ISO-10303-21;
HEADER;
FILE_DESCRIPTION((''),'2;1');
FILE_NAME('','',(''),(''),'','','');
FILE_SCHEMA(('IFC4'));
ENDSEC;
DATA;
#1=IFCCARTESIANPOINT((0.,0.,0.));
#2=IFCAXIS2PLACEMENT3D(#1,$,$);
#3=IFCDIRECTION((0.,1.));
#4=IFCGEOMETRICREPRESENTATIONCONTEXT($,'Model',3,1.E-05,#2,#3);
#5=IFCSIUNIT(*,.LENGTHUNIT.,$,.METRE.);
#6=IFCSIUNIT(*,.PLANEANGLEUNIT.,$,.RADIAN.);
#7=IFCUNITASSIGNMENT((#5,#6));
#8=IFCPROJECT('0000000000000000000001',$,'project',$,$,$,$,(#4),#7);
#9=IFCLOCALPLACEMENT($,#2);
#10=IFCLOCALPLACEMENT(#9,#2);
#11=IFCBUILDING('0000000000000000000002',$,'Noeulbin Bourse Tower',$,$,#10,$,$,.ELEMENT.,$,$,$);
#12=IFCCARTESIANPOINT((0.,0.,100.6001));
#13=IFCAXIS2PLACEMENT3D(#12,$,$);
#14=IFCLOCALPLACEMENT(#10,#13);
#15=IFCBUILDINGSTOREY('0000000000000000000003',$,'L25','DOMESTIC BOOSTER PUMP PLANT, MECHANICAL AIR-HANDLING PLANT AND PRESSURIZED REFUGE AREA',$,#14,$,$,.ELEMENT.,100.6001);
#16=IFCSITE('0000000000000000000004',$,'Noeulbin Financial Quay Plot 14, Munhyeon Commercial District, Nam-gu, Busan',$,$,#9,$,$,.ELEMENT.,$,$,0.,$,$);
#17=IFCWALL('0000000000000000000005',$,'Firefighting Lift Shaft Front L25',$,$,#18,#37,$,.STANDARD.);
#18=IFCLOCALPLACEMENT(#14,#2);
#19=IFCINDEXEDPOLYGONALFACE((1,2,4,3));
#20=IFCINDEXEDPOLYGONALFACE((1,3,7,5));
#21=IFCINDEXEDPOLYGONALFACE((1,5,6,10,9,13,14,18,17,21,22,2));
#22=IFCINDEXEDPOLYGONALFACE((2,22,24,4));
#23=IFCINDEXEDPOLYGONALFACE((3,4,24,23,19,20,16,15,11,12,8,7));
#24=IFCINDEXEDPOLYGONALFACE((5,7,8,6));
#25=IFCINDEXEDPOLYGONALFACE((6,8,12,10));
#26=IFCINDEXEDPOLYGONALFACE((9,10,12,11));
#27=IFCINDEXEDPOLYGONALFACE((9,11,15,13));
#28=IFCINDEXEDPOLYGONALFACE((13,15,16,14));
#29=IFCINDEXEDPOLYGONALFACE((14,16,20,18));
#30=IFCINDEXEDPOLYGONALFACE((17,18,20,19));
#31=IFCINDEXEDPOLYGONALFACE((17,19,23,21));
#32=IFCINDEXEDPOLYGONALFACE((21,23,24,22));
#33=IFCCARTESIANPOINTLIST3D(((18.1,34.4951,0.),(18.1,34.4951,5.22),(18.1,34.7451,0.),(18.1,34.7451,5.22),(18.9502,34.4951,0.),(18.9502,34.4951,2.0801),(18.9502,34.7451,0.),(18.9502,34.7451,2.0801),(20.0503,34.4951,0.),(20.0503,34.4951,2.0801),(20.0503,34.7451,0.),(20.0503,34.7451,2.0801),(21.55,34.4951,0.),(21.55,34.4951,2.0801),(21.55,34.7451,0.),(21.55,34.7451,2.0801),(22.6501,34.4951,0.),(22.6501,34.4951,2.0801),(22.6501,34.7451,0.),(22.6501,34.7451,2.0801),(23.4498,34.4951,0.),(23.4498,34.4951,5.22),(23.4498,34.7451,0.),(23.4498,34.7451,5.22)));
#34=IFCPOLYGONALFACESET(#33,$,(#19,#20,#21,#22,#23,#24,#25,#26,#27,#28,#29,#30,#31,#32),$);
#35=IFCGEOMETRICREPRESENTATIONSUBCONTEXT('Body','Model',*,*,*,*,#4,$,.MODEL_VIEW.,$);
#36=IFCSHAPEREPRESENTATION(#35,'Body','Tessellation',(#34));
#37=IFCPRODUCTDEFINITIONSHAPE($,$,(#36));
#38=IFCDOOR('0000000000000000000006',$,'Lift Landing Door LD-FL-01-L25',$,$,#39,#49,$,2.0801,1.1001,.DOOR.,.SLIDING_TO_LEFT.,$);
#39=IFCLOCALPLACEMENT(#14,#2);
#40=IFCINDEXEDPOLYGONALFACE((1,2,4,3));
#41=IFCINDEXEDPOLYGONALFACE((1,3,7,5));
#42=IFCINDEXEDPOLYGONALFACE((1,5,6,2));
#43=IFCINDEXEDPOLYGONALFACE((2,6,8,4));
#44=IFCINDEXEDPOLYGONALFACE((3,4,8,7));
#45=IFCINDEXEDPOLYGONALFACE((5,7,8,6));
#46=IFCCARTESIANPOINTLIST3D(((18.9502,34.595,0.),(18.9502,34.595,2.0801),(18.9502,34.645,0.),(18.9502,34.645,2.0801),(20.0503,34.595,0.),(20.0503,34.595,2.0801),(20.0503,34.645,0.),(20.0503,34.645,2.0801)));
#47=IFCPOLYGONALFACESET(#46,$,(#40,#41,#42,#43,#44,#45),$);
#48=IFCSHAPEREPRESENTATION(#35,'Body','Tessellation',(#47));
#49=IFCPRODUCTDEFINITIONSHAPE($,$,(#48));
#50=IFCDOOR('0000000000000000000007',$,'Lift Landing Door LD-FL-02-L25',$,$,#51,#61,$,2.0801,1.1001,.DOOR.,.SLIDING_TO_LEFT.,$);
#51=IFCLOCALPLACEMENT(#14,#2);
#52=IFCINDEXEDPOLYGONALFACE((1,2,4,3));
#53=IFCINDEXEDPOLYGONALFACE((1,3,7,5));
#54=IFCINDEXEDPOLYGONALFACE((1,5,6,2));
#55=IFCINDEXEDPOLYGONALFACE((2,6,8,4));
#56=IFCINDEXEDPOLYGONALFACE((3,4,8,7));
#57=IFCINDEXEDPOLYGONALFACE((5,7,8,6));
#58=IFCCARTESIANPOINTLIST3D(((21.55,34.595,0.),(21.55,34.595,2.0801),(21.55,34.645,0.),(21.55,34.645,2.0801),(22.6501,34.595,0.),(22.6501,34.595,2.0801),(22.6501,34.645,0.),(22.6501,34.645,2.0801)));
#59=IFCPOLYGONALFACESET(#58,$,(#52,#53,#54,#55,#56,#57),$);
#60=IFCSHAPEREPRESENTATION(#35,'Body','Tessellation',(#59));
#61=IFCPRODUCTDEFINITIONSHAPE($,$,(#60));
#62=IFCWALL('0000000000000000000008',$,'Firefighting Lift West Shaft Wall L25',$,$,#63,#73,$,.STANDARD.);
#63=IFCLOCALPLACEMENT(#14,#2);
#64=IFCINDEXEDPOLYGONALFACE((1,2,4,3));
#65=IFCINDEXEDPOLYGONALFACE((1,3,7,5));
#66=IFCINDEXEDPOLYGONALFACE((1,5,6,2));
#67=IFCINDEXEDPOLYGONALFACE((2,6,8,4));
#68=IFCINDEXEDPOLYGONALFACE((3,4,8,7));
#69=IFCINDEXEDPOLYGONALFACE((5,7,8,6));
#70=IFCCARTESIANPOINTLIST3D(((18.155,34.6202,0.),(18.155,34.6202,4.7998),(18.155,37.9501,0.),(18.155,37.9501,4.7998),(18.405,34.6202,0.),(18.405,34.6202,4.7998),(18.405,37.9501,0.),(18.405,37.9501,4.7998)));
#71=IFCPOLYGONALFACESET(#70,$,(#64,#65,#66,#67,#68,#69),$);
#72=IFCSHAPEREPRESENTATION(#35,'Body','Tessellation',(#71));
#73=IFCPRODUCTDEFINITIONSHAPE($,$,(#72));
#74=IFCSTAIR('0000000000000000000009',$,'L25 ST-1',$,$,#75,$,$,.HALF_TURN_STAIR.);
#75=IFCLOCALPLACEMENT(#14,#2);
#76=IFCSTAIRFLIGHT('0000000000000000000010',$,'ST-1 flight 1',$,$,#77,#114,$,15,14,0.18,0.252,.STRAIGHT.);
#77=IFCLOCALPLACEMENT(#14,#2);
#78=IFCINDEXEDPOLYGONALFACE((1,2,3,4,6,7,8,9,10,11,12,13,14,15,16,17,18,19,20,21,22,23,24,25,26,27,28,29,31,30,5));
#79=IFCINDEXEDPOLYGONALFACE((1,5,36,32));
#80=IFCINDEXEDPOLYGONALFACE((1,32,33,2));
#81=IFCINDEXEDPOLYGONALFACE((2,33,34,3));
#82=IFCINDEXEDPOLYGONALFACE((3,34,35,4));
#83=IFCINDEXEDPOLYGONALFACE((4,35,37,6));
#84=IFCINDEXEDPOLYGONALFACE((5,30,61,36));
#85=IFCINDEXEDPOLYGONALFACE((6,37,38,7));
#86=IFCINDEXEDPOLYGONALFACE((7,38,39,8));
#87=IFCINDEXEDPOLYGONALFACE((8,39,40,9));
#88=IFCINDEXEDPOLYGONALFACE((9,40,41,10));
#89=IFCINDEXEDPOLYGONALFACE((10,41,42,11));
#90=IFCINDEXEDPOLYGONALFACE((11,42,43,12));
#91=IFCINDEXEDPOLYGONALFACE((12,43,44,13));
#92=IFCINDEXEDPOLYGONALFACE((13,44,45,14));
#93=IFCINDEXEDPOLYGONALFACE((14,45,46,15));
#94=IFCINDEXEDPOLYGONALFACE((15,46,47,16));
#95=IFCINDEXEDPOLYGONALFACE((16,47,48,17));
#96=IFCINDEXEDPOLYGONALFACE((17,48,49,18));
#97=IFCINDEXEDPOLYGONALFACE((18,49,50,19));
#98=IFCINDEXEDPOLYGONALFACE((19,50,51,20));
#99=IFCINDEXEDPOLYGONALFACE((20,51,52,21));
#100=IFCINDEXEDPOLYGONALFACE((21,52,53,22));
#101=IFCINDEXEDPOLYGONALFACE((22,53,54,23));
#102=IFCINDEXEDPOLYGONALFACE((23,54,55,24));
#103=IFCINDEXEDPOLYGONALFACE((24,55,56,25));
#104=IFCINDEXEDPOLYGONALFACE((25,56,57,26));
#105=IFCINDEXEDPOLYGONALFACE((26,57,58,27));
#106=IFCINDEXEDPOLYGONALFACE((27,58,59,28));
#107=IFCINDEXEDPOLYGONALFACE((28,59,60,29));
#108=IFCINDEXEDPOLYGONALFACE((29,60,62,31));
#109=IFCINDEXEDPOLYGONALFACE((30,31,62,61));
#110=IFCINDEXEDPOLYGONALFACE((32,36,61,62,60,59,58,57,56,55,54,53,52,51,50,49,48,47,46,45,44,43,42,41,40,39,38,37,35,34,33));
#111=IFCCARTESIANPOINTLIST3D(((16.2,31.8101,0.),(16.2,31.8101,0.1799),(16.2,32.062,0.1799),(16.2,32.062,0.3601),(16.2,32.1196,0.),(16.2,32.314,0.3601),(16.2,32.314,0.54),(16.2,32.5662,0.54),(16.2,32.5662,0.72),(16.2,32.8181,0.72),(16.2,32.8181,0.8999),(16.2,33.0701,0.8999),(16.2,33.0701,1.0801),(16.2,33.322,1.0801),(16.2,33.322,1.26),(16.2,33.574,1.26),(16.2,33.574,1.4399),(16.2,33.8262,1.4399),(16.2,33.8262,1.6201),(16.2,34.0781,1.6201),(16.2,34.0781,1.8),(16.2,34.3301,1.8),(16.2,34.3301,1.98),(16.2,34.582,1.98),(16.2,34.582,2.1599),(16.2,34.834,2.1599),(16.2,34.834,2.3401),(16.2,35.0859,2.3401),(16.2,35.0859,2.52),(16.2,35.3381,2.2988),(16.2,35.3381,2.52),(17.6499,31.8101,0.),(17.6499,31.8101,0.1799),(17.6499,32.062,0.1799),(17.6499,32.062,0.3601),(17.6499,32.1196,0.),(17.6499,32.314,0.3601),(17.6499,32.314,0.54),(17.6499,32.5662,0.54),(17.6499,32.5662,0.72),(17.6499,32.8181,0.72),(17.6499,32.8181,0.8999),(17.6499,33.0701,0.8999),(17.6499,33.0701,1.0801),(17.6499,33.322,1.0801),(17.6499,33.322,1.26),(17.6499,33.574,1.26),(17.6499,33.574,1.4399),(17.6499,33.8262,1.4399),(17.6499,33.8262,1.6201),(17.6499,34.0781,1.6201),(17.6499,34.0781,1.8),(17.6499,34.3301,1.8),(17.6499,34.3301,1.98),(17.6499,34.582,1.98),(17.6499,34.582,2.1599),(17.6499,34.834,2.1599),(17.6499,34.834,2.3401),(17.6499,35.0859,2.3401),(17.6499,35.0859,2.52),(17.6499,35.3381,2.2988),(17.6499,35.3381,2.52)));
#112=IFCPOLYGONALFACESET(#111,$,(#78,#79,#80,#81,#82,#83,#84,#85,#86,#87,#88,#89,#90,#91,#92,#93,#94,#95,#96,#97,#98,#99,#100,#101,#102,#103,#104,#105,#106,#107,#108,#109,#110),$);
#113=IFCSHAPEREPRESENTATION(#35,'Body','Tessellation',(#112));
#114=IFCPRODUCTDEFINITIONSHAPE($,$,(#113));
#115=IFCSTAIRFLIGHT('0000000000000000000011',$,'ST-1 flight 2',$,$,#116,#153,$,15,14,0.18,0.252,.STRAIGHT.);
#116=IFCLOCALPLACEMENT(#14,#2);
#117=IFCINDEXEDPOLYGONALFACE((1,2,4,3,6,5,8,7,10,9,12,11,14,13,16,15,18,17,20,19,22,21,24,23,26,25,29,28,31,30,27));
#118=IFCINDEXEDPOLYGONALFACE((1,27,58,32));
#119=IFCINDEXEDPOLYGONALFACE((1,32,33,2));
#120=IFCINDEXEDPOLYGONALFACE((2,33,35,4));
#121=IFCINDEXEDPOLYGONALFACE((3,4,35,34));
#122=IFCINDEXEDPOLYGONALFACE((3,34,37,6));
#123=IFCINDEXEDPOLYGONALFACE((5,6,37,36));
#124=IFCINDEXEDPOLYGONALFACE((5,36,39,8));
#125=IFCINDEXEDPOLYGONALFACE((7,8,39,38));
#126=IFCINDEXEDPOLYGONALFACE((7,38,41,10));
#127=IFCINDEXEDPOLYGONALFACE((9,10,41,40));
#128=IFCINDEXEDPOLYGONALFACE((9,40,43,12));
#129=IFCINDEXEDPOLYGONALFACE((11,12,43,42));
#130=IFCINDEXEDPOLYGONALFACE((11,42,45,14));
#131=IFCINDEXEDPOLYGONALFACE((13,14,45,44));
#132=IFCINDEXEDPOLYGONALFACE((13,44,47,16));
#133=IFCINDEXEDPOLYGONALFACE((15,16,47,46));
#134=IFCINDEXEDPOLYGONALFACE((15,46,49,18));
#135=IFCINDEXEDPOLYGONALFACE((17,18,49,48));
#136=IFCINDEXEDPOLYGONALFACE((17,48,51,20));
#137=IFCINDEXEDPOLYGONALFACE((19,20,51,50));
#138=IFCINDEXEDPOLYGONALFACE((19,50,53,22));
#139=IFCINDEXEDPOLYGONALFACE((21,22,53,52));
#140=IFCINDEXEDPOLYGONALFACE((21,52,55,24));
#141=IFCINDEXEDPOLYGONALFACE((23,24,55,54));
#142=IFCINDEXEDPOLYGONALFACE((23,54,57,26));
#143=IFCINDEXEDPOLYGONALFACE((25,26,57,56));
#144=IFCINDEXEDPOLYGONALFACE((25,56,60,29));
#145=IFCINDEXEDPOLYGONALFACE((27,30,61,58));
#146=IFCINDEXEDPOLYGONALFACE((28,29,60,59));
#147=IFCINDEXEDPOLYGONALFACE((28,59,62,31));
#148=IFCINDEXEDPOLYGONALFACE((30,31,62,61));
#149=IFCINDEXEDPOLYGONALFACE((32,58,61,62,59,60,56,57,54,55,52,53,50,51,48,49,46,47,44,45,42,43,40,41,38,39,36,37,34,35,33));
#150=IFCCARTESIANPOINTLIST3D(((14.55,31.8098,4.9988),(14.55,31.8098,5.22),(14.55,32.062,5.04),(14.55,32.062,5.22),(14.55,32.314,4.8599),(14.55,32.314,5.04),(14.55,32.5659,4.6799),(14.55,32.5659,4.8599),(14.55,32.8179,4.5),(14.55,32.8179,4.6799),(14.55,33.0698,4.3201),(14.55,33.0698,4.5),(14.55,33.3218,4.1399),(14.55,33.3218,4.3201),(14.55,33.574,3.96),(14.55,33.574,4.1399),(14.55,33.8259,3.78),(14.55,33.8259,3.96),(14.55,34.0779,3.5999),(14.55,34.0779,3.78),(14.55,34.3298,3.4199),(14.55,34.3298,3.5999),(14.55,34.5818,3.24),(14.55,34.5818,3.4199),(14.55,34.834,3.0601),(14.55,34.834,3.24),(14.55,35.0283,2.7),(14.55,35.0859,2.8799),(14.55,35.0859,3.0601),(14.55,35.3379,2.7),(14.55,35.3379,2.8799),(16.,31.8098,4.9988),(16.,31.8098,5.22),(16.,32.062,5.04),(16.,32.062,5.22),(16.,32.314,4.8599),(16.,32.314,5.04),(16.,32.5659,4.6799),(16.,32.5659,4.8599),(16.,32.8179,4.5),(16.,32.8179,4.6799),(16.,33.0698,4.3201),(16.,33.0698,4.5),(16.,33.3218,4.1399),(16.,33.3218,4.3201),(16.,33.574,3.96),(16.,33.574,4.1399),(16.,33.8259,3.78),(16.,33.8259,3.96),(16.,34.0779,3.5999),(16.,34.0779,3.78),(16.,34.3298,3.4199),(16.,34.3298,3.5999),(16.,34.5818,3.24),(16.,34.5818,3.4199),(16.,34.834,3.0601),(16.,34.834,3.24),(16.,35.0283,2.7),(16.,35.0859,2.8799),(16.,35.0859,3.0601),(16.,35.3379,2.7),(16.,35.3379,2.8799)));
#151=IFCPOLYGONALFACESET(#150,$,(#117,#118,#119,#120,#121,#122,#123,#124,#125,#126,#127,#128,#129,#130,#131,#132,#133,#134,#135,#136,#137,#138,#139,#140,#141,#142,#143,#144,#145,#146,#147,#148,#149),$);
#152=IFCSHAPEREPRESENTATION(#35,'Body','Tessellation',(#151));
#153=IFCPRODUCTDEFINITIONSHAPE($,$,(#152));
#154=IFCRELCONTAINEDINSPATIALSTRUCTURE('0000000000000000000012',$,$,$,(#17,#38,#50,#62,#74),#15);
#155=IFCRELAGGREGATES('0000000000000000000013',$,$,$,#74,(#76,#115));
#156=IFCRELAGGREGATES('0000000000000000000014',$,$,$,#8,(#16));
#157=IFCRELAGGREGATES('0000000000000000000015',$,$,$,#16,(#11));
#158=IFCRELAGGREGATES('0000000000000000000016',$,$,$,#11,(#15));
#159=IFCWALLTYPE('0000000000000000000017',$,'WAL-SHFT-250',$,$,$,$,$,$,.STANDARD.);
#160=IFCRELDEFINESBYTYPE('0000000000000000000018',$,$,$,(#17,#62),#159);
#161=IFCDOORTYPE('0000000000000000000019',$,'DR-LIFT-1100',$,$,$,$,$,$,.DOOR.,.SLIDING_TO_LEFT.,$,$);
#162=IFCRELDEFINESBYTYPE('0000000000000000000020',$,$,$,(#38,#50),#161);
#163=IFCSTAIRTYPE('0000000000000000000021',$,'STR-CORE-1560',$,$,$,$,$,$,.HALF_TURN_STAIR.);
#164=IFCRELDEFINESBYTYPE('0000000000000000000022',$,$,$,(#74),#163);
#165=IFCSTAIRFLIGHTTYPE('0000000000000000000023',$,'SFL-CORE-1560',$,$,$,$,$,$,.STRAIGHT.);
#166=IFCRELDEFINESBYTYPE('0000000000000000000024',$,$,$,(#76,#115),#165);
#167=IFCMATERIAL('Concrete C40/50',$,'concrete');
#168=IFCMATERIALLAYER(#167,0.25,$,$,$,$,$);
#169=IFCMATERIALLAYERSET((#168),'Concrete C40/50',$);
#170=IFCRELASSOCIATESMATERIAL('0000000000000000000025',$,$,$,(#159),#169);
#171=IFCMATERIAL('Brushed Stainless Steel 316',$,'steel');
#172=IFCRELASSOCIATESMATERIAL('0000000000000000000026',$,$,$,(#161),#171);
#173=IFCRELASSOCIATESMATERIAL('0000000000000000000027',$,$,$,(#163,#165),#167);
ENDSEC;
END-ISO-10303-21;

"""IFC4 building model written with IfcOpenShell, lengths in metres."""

from ifc_helpers import new_model, si_unit, direction, frame, frame_2d, origin, place, context, subcontext, project, spatial, polyline, rectangle, outline, extrude, material, layer, layer_set, type_object, element, fill, aggregate, save


model = new_model("IFC4")

# Units and contexts
model_context = context("Model", 3, precision=1e-05, world=origin(), true_north=direction((0.0, 1.0)))
body_context = subcontext(model_context, "Body", "Model", "MODEL_VIEW")
ifc_project = project(units=[si_unit("LENGTHUNIT", "METRE"), si_unit("PLANEANGLEUNIT", "RADIAN")], contexts=[model_context])

# Site, building, storey
site_placement = place(None, origin())
site = spatial("IfcSite", under=ifc_project, at=site_placement, Name="Noeulbin Financial Quay Plot 14, Munhyeon Commercial District, Nam-gu, Busan", CompositionType="ELEMENT", RefElevation=0.0)
building_placement = place(site_placement, origin())
building = spatial("IfcBuilding", under=site, at=building_placement, Name="Noeulbin Bourse Tower", CompositionType="ELEMENT")
storey_placement = place(building_placement, frame((0.0, 0.0, 100.6001)))
storey = spatial("IfcBuildingStorey", under=building, at=storey_placement, Name="L25", Description="DOMESTIC BOOSTER PUMP PLANT, MECHANICAL AIR-HANDLING PLANT AND PRESSURIZED REFUGE AREA", CompositionType="ELEMENT", Elevation=100.6001)

# Shared definitions
ifc_material_1 = material(Name="Concrete C40/50", Category="concrete")
ifc_layer_1 = layer(ifc_material_1, 0.25)
ifc_layer_set_1 = layer_set([ifc_layer_1], Name="Concrete C40/50")
wall_type_1 = type_object("IfcWallType", Name="WAL-SHFT-250", PredefinedType="STANDARD", material=ifc_layer_set_1)

# Wall, openings, doors
wall_1_placement = place(storey_placement, frame((18.1001, 34.6201, 0.0), z_axis=(0.0, 0.0, 1.0), x_axis=(1.0, 0.0, 0.0)))
wall_1 = element("IfcWall", 1, at=wall_1_placement, inside=storey, type_object=wall_type_1, Name="Firefighting Lift Shaft Front L25", PredefinedType="STANDARD", context=body_context, shape_type="SweptSolid", body=[
    extrude(rectangle(XDim=5.3499, YDim=0.25, at=frame_2d((2.6748, 0.0))), origin(), (0.0, 0.0, 1.0), 5.22),
])
opening_1_placement = place(wall_1_placement, frame((0.8501, 0.0, 0.0)))
opening_1 = element("IfcOpeningElement", 2, at=opening_1_placement, cuts=wall_1, PredefinedType="OPENING", context=body_context, shape_type="SweptSolid", body=[
    extrude(rectangle(XDim=1.1001, YDim=2.0801, at=frame_2d((0.55, 1.04))), frame((0.0, 0.135, 0.0), z_axis=(0.0, -1.0, 0.0), x_axis=(1.0, 0.0, 0.0)), (0.0, 0.0, 1.0), 0.27),
])
opening_2_placement = place(wall_1_placement, frame((3.45, 0.0, 0.0)))
opening_2 = element("IfcOpeningElement", 3, at=opening_2_placement, cuts=wall_1, PredefinedType="OPENING", context=body_context, shape_type="SweptSolid", body=[
    extrude(rectangle(XDim=1.1001, YDim=2.0801, at=frame_2d((0.55, 1.04))), frame((0.0, 0.135, 0.0), z_axis=(0.0, -1.0, 0.0), x_axis=(1.0, 0.0, 0.0)), (0.0, 0.0, 1.0), 0.27),
])
ifc_material_2 = material(Name="Brushed Stainless Steel 316", Category="steel")
door_type = type_object("IfcDoorType", Name="DR-LIFT-1100", OperationType="SLIDING_TO_LEFT", PredefinedType="DOOR", material=ifc_material_2)
door_1_placement = place(opening_1_placement, origin())
door_1 = element("IfcDoor", 4, at=door_1_placement, inside=storey, type_object=door_type, Name="Lift Landing Door LD-FL-01-L25", OperationType="SLIDING_TO_LEFT", OverallHeight=2.0801, OverallWidth=1.1001, PredefinedType="DOOR", context=body_context, shape_type="SweptSolid", body=[
    extrude(rectangle(XDim=1.1001, YDim=2.0801, at=frame_2d((0.55, 1.04))), frame((0.0, 0.0249, 0.0), z_axis=(0.0, -1.0, 0.0), x_axis=(1.0, 0.0, 0.0)), (0.0, 0.0, 1.0), 0.05),
])
fill(opening_1, door_1)
door_2_placement = place(opening_2_placement, origin())
door_2 = element("IfcDoor", 5, at=door_2_placement, inside=storey, type_object=door_type, Name="Lift Landing Door LD-FL-02-L25", OperationType="SLIDING_TO_LEFT", OverallHeight=2.0801, OverallWidth=1.1001, PredefinedType="DOOR", context=body_context, shape_type="SweptSolid", body=[
    extrude(rectangle(XDim=1.1001, YDim=2.0801, at=frame_2d((0.55, 1.04))), frame((0.0, 0.0249, 0.0), z_axis=(0.0, -1.0, 0.0), x_axis=(1.0, 0.0, 0.0)), (0.0, 0.0, 1.0), 0.05),
])
fill(opening_2, door_2)

# Wall
wall_2_placement = place(storey_placement, frame((18.28, 34.6201, 0.0), z_axis=(0.0, 0.0, 1.0), x_axis=(0.0, 1.0, 0.0)))
element("IfcWall", 6, at=wall_2_placement, inside=storey, type_object=wall_type_1, Name="Firefighting Lift West Shaft Wall L25", PredefinedType="STANDARD", context=body_context, shape_type="SweptSolid", body=[
    extrude(rectangle(XDim=3.3298, YDim=0.25, at=frame_2d((1.665, 0.0))), origin(), (0.0, 0.0, 1.0), 4.7998),
])

# Stair, stair flights
stair_type = type_object("IfcStairType", Name="STR-CORE-1560", PredefinedType="HALF_TURN_STAIR", material=ifc_material_1)
stair_placement = place(storey_placement, origin())
stair = element("IfcStair", 7, at=stair_placement, inside=storey, type_object=stair_type, Name="L25 ST-1", PredefinedType="HALF_TURN_STAIR")
stair_flight_type = type_object("IfcStairFlightType", Name="SFL-CORE-1560", PredefinedType="STRAIGHT", material=ifc_material_1)
stair_flight_1_placement = place(storey_placement, frame((16.925, 31.8101, 0.0), z_axis=(0.0, 0.0, 1.0), x_axis=(0.0, 1.0, 0.0)))
stair_flight_1 = element("IfcStairFlight", 8, at=stair_flight_1_placement, type_object=stair_flight_type, Name="ST-1 flight 1", NumberOfRisers=15, NumberOfTreads=14, PredefinedType="STRAIGHT", RiserHeight=0.18, TreadLength=0.252, context=body_context, shape_type="SweptSolid", body=[
    extrude(outline(polyline([(0.0, 0.0), (0.0, 0.1799), (0.252, 0.1799), (0.252, 0.3601), (0.5039, 0.3601), (0.5039, 0.54), (0.7561, 0.54), (0.7561, 0.72), (1.0081, 0.72), (1.0081, 0.8999), (1.26, 0.8999), (1.26, 1.0801), (1.512, 1.0801), (1.512, 1.26), (1.7639, 1.26), (1.7639, 1.4399), (2.0161, 1.4399), (2.0161, 1.6201), (2.2681, 1.6201), (2.2681, 1.8), (2.52, 1.8), (2.52, 1.98), (2.772, 1.98), (2.772, 2.1599), (3.0239, 2.1599), (3.0239, 2.3401), (3.2759, 2.3401), (3.2759, 2.52), (3.5281, 2.52), (3.5281, 2.7), (3.5281, 2.2988), (0.3096, 0.0), (0.0, 0.0)])), frame((0.0, 0.7251, 0.0), z_axis=(0.0, -1.0, 0.0), x_axis=(1.0, 0.0, 0.0)), (0.0, 0.0, 1.0), 1.45),
])
stair_flight_2_placement = place(storey_placement, frame((15.2749, 35.3379, 2.7), z_axis=(0.0, 0.0, 1.0), x_axis=(0.0, -1.0, 0.0)))
stair_flight_2 = element("IfcStairFlight", 9, at=stair_flight_2_placement, type_object=stair_flight_type, Name="ST-1 flight 2", NumberOfRisers=15, NumberOfTreads=14, PredefinedType="STRAIGHT", RiserHeight=0.18, TreadLength=0.252, context=body_context, shape_type="SweptSolid", body=[
    extrude(outline(polyline([(0.0, 0.0), (0.0, 0.1799), (0.252, 0.1799), (0.252, 0.3601), (0.5039, 0.3601), (0.5039, 0.54), (0.7561, 0.54), (0.7561, 0.72), (1.0081, 0.72), (1.0081, 0.8999), (1.26, 0.8999), (1.26, 1.0801), (1.512, 1.0801), (1.512, 1.26), (1.7639, 1.26), (1.7639, 1.4399), (2.0161, 1.4399), (2.0161, 1.6201), (2.2681, 1.6201), (2.2681, 1.8), (2.52, 1.8), (2.52, 1.98), (2.772, 1.98), (2.772, 2.1599), (3.0239, 2.1599), (3.0239, 2.3401), (3.2759, 2.3401), (3.2759, 2.52), (3.5281, 2.52), (3.5281, 2.7), (3.5281, 2.2988), (0.3096, 0.0), (0.0, 0.0)])), frame((0.0, 0.7251, 0.0), z_axis=(0.0, -1.0, 0.0), x_axis=(1.0, 0.0, 0.0)), (0.0, 0.0, 1.0), 1.45),
])
aggregate(stair, [stair_flight_1, stair_flight_2])

save(model, "model.ifc")
